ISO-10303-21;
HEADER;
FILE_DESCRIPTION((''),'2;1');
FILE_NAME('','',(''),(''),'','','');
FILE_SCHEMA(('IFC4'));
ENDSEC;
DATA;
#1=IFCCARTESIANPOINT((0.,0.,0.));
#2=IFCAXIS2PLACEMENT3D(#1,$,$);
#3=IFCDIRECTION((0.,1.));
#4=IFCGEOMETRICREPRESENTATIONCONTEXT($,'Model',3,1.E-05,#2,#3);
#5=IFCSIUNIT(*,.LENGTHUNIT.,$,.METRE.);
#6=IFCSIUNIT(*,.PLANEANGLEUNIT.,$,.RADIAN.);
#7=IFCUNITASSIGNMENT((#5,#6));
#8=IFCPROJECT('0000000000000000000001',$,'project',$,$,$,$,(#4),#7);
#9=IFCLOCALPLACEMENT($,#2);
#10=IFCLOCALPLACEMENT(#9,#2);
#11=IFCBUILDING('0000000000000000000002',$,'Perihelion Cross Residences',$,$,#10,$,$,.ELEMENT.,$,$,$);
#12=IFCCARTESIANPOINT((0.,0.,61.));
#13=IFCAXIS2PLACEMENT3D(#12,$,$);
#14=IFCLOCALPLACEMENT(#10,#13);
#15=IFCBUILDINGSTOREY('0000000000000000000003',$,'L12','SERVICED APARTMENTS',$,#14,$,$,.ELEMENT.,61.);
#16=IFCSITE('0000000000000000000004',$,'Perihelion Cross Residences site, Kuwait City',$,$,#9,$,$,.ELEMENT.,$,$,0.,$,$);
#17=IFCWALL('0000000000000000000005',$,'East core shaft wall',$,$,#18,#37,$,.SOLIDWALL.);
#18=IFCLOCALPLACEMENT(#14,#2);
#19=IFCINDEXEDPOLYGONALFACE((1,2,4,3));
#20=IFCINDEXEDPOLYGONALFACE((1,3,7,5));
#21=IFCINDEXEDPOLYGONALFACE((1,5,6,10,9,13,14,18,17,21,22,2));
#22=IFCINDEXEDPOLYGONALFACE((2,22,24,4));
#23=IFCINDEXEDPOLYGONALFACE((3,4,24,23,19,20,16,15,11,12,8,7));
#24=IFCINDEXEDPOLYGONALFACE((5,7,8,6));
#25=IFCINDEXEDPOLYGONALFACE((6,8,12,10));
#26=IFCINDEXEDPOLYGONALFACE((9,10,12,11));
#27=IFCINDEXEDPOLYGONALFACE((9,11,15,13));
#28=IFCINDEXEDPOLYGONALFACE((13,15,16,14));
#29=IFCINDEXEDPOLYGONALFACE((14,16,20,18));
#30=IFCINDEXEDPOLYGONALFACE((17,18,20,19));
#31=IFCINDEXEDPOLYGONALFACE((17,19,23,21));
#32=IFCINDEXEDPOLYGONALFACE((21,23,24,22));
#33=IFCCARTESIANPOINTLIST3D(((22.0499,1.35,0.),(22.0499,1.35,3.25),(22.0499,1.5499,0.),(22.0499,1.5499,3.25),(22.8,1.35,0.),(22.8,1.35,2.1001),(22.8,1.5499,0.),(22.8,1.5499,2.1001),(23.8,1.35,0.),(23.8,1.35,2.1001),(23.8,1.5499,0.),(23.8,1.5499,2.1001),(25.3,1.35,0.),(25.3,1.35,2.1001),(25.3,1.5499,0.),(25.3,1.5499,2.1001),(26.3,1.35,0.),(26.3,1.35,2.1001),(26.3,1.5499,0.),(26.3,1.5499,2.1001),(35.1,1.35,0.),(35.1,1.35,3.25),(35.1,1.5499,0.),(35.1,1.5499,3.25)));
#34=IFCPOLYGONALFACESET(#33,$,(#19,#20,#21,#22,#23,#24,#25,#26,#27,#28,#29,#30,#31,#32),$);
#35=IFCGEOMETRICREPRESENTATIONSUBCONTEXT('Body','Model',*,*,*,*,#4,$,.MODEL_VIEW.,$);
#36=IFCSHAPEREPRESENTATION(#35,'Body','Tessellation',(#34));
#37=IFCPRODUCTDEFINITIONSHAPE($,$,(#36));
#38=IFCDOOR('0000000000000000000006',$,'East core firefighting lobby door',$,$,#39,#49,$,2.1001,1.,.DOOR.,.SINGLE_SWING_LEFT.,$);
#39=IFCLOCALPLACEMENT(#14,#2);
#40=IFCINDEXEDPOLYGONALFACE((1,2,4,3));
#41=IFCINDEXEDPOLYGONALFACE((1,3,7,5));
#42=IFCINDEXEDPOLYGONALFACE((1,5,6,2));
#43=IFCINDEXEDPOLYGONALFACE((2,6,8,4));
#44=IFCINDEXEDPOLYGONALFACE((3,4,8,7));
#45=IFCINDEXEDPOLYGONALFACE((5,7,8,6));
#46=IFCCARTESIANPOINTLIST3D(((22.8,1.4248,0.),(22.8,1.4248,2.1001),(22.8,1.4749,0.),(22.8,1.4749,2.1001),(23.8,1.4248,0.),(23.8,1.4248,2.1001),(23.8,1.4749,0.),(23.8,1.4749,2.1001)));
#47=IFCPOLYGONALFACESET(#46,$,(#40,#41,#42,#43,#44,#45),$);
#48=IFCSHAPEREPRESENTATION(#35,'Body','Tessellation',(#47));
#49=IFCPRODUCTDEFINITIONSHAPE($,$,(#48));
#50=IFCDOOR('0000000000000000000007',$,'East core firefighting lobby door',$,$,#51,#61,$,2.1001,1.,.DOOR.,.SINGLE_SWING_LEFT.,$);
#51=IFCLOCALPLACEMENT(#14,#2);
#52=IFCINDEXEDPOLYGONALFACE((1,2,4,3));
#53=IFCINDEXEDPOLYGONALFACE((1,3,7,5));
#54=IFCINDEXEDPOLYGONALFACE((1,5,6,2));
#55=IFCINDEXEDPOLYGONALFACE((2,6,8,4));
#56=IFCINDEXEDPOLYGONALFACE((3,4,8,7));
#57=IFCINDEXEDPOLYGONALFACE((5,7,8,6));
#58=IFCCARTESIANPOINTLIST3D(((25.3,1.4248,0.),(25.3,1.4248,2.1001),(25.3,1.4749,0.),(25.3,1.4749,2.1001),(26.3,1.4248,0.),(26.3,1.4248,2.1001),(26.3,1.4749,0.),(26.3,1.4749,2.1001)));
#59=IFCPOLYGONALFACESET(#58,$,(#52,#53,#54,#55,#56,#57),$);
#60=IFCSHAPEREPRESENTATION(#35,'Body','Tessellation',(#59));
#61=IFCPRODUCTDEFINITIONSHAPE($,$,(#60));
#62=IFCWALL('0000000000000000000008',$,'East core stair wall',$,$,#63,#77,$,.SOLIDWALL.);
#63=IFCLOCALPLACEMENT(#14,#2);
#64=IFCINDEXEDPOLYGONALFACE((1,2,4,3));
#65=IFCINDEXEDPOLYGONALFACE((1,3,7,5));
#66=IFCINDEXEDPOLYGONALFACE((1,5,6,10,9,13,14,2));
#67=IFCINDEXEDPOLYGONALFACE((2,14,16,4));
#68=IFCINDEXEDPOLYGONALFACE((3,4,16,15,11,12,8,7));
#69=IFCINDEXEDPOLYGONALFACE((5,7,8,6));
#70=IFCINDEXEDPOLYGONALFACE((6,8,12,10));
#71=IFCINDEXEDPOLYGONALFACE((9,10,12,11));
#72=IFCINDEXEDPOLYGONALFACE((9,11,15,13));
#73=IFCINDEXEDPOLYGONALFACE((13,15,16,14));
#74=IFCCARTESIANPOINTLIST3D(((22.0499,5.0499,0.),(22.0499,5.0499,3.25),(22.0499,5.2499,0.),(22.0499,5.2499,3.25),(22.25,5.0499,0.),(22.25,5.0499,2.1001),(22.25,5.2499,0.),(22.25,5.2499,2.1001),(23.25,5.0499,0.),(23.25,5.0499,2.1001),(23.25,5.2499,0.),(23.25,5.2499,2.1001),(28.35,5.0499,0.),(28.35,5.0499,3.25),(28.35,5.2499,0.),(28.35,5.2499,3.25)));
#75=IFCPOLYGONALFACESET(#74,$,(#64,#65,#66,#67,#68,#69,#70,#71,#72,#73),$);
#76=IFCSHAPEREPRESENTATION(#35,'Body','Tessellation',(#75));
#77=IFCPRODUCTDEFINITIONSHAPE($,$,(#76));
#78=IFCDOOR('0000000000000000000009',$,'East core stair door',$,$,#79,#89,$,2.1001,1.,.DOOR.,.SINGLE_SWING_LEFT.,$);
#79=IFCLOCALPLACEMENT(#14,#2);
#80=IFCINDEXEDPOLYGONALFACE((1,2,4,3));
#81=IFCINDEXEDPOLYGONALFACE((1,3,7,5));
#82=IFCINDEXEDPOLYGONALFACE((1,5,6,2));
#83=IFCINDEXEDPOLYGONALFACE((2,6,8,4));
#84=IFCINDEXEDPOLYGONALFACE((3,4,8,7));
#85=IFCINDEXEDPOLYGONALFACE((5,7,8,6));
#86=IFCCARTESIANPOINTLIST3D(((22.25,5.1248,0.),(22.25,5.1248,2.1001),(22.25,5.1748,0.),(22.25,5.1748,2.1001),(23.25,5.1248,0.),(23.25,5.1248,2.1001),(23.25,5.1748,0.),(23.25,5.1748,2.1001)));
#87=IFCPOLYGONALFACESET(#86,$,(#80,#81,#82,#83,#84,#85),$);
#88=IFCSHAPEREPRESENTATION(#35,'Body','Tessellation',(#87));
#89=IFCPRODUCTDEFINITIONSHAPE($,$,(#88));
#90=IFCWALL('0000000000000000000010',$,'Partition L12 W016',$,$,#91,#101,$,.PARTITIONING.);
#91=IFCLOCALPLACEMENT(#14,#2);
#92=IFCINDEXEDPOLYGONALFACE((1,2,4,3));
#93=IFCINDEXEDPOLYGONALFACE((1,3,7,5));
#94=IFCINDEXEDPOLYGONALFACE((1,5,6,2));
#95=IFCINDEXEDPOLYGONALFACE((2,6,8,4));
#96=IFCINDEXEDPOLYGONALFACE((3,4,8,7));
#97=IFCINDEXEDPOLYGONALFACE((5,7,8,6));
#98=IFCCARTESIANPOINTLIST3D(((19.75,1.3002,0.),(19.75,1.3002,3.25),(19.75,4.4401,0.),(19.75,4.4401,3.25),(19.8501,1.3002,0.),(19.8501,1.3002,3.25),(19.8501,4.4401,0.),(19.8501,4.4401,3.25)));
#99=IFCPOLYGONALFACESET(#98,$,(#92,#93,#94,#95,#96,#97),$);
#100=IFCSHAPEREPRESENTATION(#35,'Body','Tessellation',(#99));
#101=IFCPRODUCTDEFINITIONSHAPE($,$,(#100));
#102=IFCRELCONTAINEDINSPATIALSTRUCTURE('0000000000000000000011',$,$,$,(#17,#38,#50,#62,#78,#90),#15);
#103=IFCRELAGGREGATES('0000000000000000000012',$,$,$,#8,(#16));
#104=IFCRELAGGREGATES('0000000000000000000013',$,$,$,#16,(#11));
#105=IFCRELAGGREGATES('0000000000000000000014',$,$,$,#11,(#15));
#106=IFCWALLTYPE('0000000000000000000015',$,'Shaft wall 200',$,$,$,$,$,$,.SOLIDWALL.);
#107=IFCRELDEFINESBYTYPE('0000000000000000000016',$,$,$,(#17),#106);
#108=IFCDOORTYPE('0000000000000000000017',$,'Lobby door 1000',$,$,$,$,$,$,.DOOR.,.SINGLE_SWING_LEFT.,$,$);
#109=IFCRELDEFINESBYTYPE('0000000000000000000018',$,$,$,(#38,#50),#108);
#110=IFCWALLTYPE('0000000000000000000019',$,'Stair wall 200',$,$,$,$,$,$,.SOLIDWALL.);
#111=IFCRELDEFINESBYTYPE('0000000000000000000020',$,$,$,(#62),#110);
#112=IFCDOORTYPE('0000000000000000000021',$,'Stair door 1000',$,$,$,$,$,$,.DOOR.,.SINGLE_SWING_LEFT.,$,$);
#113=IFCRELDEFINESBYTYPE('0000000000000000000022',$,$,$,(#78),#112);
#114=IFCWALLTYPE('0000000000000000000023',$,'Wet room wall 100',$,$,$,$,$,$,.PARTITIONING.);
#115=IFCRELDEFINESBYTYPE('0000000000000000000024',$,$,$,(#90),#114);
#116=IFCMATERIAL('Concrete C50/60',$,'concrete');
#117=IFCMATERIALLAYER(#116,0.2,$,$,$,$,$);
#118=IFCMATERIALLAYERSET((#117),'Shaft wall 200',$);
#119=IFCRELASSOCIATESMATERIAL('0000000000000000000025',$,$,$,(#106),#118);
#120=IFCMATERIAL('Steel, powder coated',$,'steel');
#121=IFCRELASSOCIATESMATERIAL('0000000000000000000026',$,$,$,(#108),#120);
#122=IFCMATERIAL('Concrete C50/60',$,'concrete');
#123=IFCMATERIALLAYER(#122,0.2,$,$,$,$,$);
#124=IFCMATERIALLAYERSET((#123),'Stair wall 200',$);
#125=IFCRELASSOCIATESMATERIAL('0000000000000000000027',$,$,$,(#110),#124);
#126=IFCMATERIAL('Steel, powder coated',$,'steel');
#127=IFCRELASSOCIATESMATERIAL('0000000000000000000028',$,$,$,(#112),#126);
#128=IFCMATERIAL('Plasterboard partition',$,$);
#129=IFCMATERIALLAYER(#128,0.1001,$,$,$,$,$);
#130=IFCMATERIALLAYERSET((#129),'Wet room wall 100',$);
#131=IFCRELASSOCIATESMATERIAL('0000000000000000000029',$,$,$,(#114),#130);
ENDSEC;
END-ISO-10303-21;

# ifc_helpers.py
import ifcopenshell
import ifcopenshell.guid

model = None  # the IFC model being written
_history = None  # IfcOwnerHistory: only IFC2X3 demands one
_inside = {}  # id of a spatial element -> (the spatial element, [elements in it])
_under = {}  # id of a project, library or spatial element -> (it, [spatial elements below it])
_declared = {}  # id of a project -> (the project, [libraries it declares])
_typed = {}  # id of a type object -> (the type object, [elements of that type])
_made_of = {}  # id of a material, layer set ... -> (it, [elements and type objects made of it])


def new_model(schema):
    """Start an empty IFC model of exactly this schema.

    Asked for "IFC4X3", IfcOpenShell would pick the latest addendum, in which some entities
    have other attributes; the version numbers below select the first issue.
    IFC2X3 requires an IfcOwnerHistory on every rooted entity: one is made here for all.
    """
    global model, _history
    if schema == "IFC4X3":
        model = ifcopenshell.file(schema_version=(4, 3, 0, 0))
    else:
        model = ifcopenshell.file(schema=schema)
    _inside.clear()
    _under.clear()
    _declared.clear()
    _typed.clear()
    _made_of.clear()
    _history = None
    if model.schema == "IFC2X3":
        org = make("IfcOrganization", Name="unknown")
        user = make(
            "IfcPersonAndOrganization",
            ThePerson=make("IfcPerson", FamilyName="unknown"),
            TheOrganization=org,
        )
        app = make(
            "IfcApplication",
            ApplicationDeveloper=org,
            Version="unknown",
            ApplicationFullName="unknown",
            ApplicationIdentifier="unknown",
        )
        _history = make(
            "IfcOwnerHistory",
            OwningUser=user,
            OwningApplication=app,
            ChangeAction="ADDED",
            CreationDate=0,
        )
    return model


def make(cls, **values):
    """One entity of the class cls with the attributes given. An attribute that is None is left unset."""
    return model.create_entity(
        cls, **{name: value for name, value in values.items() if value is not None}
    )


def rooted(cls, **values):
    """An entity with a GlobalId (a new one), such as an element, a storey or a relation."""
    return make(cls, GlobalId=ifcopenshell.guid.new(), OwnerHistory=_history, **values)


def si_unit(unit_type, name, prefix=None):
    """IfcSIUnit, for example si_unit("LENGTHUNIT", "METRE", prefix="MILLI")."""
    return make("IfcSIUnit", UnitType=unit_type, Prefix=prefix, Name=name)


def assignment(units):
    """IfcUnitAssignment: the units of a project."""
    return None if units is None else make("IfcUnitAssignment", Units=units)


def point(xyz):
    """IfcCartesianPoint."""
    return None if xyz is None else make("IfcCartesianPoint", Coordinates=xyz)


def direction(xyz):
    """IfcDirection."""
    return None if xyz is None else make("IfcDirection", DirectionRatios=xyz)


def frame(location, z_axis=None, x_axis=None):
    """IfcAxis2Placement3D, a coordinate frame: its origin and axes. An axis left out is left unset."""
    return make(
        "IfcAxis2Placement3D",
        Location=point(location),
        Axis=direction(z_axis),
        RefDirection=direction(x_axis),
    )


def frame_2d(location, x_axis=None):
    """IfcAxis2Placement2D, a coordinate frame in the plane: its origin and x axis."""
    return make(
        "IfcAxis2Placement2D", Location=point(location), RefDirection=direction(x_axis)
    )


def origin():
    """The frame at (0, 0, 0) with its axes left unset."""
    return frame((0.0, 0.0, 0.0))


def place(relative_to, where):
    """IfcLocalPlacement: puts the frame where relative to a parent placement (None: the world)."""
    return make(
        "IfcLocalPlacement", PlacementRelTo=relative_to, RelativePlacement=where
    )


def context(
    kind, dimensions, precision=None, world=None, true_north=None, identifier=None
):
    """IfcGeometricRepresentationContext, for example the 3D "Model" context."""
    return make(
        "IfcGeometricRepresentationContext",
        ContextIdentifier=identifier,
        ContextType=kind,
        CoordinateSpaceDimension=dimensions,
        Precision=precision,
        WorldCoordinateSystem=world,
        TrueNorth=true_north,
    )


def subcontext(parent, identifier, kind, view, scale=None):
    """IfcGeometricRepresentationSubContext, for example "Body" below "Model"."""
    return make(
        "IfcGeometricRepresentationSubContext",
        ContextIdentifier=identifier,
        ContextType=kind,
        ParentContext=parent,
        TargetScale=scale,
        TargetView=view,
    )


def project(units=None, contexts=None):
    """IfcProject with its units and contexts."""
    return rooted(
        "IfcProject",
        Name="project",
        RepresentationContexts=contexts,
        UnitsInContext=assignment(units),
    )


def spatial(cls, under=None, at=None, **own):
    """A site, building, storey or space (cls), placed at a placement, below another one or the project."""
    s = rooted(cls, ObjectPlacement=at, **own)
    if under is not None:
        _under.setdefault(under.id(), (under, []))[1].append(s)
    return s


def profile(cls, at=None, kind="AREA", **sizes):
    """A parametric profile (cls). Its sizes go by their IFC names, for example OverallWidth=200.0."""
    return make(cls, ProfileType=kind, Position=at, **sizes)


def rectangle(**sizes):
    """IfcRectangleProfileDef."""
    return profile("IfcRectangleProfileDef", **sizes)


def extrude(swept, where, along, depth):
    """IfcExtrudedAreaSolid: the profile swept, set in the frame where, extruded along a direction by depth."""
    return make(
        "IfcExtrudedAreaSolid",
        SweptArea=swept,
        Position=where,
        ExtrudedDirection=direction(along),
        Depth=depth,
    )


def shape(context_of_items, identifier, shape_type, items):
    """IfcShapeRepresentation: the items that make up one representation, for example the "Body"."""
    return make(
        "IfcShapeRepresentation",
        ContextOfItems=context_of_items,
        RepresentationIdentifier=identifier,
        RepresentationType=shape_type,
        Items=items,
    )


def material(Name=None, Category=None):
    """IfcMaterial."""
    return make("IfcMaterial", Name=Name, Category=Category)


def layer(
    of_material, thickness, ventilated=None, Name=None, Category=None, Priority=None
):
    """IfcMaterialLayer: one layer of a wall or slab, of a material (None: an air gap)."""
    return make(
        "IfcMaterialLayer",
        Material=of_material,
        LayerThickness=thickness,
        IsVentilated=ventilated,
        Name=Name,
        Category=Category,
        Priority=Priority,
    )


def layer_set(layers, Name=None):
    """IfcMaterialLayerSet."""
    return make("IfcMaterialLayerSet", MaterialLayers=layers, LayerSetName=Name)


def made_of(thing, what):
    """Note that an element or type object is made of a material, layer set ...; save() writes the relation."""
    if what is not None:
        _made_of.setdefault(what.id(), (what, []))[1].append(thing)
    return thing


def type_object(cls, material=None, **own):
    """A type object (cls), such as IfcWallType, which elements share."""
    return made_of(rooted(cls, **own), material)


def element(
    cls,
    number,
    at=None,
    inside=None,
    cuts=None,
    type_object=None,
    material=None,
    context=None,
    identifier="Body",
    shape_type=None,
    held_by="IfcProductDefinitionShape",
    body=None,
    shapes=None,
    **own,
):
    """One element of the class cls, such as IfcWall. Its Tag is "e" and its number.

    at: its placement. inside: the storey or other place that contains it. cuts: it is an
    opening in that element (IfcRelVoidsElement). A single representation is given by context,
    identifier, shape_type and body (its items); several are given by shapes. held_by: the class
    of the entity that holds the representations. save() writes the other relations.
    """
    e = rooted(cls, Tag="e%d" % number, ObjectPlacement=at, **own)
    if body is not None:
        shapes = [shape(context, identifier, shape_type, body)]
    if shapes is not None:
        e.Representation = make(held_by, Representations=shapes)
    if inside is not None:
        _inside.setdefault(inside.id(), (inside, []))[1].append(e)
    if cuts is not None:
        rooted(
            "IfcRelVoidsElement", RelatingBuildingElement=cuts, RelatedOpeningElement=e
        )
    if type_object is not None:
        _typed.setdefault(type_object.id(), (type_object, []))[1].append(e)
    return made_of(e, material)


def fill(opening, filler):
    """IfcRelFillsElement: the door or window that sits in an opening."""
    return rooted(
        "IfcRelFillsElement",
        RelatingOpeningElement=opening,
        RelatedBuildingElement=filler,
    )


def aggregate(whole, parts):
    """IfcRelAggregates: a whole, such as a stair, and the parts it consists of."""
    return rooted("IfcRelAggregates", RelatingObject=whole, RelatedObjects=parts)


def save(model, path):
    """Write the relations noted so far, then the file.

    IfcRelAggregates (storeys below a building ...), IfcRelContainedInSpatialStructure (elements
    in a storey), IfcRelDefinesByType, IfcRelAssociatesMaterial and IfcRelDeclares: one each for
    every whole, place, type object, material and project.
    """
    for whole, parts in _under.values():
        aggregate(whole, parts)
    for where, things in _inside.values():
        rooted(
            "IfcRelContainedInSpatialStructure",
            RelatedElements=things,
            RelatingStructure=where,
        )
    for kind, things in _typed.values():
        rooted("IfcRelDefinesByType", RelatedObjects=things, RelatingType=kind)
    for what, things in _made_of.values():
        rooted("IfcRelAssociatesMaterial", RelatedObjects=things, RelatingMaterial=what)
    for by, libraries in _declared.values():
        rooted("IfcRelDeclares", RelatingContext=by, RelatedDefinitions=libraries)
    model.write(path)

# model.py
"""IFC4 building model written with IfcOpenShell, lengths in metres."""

from ifc_helpers import new_model, si_unit, direction, frame, frame_2d, origin, place, context, subcontext, project, spatial, rectangle, extrude, material, layer, layer_set, type_object, element, fill, save


model = new_model("IFC4")

# Units and contexts
model_context = context("Model", 3, precision=1e-05, world=origin(), true_north=direction((0.0, 1.0)))
body_context = subcontext(model_context, "Body", "Model", "MODEL_VIEW")
ifc_project = project(units=[si_unit("LENGTHUNIT", "METRE"), si_unit("PLANEANGLEUNIT", "RADIAN")], contexts=[model_context])

# Site, building, storey
site_placement = place(None, origin())
site = spatial("IfcSite", under=ifc_project, at=site_placement, Name="Perihelion Cross Residences site, Kuwait City", CompositionType="ELEMENT", RefElevation=0.0)
building_placement = place(site_placement, origin())
building = spatial("IfcBuilding", under=site, at=building_placement, Name="Perihelion Cross Residences", CompositionType="ELEMENT")
storey_placement = place(building_placement, frame((0.0, 0.0, 61.0)))
storey = spatial("IfcBuildingStorey", under=building, at=storey_placement, Name="L12", Description="SERVICED APARTMENTS", CompositionType="ELEMENT", Elevation=61.0)

# Wall, openings, doors
ifc_material_1 = material(Name="Concrete C50/60", Category="concrete")
ifc_layer_1 = layer(ifc_material_1, 0.2)
ifc_layer_set_1 = layer_set([ifc_layer_1], Name="Shaft wall 200")
wall_type_1 = type_object("IfcWallType", Name="Shaft wall 200", PredefinedType="SOLIDWALL", material=ifc_layer_set_1)
wall_1_placement = place(storey_placement, frame((22.05, 1.45, 0.0), z_axis=(0.0, 0.0, 1.0), x_axis=(1.0, 0.0, 0.0)))
wall_1 = element("IfcWall", 1, at=wall_1_placement, inside=storey, type_object=wall_type_1, Name="East core shaft wall", PredefinedType="SOLIDWALL", context=body_context, shape_type="SweptSolid", body=[
    extrude(rectangle(XDim=13.05, YDim=0.2, at=frame_2d((6.5249, 0.0))), origin(), (0.0, 0.0, 1.0), 3.25),
])
opening_1_placement = place(wall_1_placement, frame((0.75, 0.0, 0.0)))
opening_1 = element("IfcOpeningElement", 2, at=opening_1_placement, cuts=wall_1, PredefinedType="OPENING", context=body_context, shape_type="SweptSolid", body=[
    extrude(rectangle(XDim=1.0, YDim=2.1001, at=frame_2d((0.5, 1.05))), frame((0.0, 0.1099, 0.0), z_axis=(0.0, -1.0, 0.0), x_axis=(1.0, 0.0, 0.0)), (0.0, 0.0, 1.0), 0.22),
])
opening_2_placement = place(wall_1_placement, frame((3.25, 0.0, 0.0)))
opening_2 = element("IfcOpeningElement", 3, at=opening_2_placement, cuts=wall_1, PredefinedType="OPENING", context=body_context, shape_type="SweptSolid", body=[
    extrude(rectangle(XDim=1.0, YDim=2.1001, at=frame_2d((0.5, 1.05))), frame((0.0, 0.1099, 0.0), z_axis=(0.0, -1.0, 0.0), x_axis=(1.0, 0.0, 0.0)), (0.0, 0.0, 1.0), 0.22),
])
ifc_material_2 = material(Name="Steel, powder coated", Category="steel")
door_type_1 = type_object("IfcDoorType", Name="Lobby door 1000", OperationType="SINGLE_SWING_LEFT", PredefinedType="DOOR", material=ifc_material_2)
door_1_placement = place(opening_1_placement, origin())
door_1 = element("IfcDoor", 4, at=door_1_placement, inside=storey, type_object=door_type_1, Name="East core firefighting lobby door", OperationType="SINGLE_SWING_LEFT", OverallHeight=2.1001, OverallWidth=1.0, PredefinedType="DOOR", context=body_context, shape_type="SweptSolid", body=[
    extrude(rectangle(XDim=1.0, YDim=2.1001, at=frame_2d((0.5, 1.05))), frame((0.0, 0.0249, 0.0), z_axis=(0.0, -1.0, 0.0), x_axis=(1.0, 0.0, 0.0)), (0.0, 0.0, 1.0), 0.05),
])
fill(opening_1, door_1)
door_2_placement = place(opening_2_placement, origin())
door_2 = element("IfcDoor", 5, at=door_2_placement, inside=storey, type_object=door_type_1, Name="East core firefighting lobby door", OperationType="SINGLE_SWING_LEFT", OverallHeight=2.1001, OverallWidth=1.0, PredefinedType="DOOR", context=body_context, shape_type="SweptSolid", body=[
    extrude(rectangle(XDim=1.0, YDim=2.1001, at=frame_2d((0.5, 1.05))), frame((0.0, 0.0249, 0.0), z_axis=(0.0, -1.0, 0.0), x_axis=(1.0, 0.0, 0.0)), (0.0, 0.0, 1.0), 0.05),
])
fill(opening_2, door_2)

# Wall, opening, door
ifc_material_3 = material(Name="Concrete C50/60", Category="concrete")
ifc_layer_2 = layer(ifc_material_3, 0.2)
ifc_layer_set_2 = layer_set([ifc_layer_2], Name="Stair wall 200")
wall_type_2 = type_object("IfcWallType", Name="Stair wall 200", PredefinedType="SOLIDWALL", material=ifc_layer_set_2)
wall_2_placement = place(storey_placement, frame((22.05, 5.1499, 0.0), z_axis=(0.0, 0.0, 1.0), x_axis=(1.0, 0.0, 0.0)))
wall_2 = element("IfcWall", 6, at=wall_2_placement, inside=storey, type_object=wall_type_2, Name="East core stair wall", PredefinedType="SOLIDWALL", context=body_context, shape_type="SweptSolid", body=[
    extrude(rectangle(XDim=6.3, YDim=0.2, at=frame_2d((3.1499, 0.0))), origin(), (0.0, 0.0, 1.0), 3.25),
])
opening_3_placement = place(wall_2_placement, frame((0.2, 0.0, 0.0)))
opening_3 = element("IfcOpeningElement", 7, at=opening_3_placement, cuts=wall_2, PredefinedType="OPENING", context=body_context, shape_type="SweptSolid", body=[
    extrude(rectangle(XDim=1.0, YDim=2.1001, at=frame_2d((0.5, 1.05))), frame((0.0, 0.1099, 0.0), z_axis=(0.0, -1.0, 0.0), x_axis=(1.0, 0.0, 0.0)), (0.0, 0.0, 1.0), 0.22),
])
ifc_material_4 = material(Name="Steel, powder coated", Category="steel")
door_type_2 = type_object("IfcDoorType", Name="Stair door 1000", OperationType="SINGLE_SWING_LEFT", PredefinedType="DOOR", material=ifc_material_4)
door_3_placement = place(opening_3_placement, origin())
door_3 = element("IfcDoor", 8, at=door_3_placement, inside=storey, type_object=door_type_2, Name="East core stair door", OperationType="SINGLE_SWING_LEFT", OverallHeight=2.1001, OverallWidth=1.0, PredefinedType="DOOR", context=body_context, shape_type="SweptSolid", body=[
    extrude(rectangle(XDim=1.0, YDim=2.1001, at=frame_2d((0.5, 1.05))), frame((0.0, 0.0249, 0.0), z_axis=(0.0, -1.0, 0.0), x_axis=(1.0, 0.0, 0.0)), (0.0, 0.0, 1.0), 0.05),
])
fill(opening_3, door_3)

# Wall
ifc_material_5 = material(Name="Plasterboard partition")
ifc_layer_3 = layer(ifc_material_5, 0.1001)
ifc_layer_set_3 = layer_set([ifc_layer_3], Name="Wet room wall 100")
wall_type_3 = type_object("IfcWallType", Name="Wet room wall 100", PredefinedType="PARTITIONING", material=ifc_layer_set_3)
wall_3_placement = place(storey_placement, frame((19.8, 4.4399, 0.0), z_axis=(0.0, 0.0, 1.0), x_axis=(0.0, -1.0, 0.0)))
element("IfcWall", 9, at=wall_3_placement, inside=storey, type_object=wall_type_3, Name="Partition L12 W016", PredefinedType="PARTITIONING", context=body_context, shape_type="SweptSolid", body=[
    extrude(rectangle(XDim=3.1399, YDim=0.1001, at=frame_2d((1.5698, 0.0))), origin(), (0.0, 0.0, 1.0), 3.25),
])

save(model, "model.ifc")
